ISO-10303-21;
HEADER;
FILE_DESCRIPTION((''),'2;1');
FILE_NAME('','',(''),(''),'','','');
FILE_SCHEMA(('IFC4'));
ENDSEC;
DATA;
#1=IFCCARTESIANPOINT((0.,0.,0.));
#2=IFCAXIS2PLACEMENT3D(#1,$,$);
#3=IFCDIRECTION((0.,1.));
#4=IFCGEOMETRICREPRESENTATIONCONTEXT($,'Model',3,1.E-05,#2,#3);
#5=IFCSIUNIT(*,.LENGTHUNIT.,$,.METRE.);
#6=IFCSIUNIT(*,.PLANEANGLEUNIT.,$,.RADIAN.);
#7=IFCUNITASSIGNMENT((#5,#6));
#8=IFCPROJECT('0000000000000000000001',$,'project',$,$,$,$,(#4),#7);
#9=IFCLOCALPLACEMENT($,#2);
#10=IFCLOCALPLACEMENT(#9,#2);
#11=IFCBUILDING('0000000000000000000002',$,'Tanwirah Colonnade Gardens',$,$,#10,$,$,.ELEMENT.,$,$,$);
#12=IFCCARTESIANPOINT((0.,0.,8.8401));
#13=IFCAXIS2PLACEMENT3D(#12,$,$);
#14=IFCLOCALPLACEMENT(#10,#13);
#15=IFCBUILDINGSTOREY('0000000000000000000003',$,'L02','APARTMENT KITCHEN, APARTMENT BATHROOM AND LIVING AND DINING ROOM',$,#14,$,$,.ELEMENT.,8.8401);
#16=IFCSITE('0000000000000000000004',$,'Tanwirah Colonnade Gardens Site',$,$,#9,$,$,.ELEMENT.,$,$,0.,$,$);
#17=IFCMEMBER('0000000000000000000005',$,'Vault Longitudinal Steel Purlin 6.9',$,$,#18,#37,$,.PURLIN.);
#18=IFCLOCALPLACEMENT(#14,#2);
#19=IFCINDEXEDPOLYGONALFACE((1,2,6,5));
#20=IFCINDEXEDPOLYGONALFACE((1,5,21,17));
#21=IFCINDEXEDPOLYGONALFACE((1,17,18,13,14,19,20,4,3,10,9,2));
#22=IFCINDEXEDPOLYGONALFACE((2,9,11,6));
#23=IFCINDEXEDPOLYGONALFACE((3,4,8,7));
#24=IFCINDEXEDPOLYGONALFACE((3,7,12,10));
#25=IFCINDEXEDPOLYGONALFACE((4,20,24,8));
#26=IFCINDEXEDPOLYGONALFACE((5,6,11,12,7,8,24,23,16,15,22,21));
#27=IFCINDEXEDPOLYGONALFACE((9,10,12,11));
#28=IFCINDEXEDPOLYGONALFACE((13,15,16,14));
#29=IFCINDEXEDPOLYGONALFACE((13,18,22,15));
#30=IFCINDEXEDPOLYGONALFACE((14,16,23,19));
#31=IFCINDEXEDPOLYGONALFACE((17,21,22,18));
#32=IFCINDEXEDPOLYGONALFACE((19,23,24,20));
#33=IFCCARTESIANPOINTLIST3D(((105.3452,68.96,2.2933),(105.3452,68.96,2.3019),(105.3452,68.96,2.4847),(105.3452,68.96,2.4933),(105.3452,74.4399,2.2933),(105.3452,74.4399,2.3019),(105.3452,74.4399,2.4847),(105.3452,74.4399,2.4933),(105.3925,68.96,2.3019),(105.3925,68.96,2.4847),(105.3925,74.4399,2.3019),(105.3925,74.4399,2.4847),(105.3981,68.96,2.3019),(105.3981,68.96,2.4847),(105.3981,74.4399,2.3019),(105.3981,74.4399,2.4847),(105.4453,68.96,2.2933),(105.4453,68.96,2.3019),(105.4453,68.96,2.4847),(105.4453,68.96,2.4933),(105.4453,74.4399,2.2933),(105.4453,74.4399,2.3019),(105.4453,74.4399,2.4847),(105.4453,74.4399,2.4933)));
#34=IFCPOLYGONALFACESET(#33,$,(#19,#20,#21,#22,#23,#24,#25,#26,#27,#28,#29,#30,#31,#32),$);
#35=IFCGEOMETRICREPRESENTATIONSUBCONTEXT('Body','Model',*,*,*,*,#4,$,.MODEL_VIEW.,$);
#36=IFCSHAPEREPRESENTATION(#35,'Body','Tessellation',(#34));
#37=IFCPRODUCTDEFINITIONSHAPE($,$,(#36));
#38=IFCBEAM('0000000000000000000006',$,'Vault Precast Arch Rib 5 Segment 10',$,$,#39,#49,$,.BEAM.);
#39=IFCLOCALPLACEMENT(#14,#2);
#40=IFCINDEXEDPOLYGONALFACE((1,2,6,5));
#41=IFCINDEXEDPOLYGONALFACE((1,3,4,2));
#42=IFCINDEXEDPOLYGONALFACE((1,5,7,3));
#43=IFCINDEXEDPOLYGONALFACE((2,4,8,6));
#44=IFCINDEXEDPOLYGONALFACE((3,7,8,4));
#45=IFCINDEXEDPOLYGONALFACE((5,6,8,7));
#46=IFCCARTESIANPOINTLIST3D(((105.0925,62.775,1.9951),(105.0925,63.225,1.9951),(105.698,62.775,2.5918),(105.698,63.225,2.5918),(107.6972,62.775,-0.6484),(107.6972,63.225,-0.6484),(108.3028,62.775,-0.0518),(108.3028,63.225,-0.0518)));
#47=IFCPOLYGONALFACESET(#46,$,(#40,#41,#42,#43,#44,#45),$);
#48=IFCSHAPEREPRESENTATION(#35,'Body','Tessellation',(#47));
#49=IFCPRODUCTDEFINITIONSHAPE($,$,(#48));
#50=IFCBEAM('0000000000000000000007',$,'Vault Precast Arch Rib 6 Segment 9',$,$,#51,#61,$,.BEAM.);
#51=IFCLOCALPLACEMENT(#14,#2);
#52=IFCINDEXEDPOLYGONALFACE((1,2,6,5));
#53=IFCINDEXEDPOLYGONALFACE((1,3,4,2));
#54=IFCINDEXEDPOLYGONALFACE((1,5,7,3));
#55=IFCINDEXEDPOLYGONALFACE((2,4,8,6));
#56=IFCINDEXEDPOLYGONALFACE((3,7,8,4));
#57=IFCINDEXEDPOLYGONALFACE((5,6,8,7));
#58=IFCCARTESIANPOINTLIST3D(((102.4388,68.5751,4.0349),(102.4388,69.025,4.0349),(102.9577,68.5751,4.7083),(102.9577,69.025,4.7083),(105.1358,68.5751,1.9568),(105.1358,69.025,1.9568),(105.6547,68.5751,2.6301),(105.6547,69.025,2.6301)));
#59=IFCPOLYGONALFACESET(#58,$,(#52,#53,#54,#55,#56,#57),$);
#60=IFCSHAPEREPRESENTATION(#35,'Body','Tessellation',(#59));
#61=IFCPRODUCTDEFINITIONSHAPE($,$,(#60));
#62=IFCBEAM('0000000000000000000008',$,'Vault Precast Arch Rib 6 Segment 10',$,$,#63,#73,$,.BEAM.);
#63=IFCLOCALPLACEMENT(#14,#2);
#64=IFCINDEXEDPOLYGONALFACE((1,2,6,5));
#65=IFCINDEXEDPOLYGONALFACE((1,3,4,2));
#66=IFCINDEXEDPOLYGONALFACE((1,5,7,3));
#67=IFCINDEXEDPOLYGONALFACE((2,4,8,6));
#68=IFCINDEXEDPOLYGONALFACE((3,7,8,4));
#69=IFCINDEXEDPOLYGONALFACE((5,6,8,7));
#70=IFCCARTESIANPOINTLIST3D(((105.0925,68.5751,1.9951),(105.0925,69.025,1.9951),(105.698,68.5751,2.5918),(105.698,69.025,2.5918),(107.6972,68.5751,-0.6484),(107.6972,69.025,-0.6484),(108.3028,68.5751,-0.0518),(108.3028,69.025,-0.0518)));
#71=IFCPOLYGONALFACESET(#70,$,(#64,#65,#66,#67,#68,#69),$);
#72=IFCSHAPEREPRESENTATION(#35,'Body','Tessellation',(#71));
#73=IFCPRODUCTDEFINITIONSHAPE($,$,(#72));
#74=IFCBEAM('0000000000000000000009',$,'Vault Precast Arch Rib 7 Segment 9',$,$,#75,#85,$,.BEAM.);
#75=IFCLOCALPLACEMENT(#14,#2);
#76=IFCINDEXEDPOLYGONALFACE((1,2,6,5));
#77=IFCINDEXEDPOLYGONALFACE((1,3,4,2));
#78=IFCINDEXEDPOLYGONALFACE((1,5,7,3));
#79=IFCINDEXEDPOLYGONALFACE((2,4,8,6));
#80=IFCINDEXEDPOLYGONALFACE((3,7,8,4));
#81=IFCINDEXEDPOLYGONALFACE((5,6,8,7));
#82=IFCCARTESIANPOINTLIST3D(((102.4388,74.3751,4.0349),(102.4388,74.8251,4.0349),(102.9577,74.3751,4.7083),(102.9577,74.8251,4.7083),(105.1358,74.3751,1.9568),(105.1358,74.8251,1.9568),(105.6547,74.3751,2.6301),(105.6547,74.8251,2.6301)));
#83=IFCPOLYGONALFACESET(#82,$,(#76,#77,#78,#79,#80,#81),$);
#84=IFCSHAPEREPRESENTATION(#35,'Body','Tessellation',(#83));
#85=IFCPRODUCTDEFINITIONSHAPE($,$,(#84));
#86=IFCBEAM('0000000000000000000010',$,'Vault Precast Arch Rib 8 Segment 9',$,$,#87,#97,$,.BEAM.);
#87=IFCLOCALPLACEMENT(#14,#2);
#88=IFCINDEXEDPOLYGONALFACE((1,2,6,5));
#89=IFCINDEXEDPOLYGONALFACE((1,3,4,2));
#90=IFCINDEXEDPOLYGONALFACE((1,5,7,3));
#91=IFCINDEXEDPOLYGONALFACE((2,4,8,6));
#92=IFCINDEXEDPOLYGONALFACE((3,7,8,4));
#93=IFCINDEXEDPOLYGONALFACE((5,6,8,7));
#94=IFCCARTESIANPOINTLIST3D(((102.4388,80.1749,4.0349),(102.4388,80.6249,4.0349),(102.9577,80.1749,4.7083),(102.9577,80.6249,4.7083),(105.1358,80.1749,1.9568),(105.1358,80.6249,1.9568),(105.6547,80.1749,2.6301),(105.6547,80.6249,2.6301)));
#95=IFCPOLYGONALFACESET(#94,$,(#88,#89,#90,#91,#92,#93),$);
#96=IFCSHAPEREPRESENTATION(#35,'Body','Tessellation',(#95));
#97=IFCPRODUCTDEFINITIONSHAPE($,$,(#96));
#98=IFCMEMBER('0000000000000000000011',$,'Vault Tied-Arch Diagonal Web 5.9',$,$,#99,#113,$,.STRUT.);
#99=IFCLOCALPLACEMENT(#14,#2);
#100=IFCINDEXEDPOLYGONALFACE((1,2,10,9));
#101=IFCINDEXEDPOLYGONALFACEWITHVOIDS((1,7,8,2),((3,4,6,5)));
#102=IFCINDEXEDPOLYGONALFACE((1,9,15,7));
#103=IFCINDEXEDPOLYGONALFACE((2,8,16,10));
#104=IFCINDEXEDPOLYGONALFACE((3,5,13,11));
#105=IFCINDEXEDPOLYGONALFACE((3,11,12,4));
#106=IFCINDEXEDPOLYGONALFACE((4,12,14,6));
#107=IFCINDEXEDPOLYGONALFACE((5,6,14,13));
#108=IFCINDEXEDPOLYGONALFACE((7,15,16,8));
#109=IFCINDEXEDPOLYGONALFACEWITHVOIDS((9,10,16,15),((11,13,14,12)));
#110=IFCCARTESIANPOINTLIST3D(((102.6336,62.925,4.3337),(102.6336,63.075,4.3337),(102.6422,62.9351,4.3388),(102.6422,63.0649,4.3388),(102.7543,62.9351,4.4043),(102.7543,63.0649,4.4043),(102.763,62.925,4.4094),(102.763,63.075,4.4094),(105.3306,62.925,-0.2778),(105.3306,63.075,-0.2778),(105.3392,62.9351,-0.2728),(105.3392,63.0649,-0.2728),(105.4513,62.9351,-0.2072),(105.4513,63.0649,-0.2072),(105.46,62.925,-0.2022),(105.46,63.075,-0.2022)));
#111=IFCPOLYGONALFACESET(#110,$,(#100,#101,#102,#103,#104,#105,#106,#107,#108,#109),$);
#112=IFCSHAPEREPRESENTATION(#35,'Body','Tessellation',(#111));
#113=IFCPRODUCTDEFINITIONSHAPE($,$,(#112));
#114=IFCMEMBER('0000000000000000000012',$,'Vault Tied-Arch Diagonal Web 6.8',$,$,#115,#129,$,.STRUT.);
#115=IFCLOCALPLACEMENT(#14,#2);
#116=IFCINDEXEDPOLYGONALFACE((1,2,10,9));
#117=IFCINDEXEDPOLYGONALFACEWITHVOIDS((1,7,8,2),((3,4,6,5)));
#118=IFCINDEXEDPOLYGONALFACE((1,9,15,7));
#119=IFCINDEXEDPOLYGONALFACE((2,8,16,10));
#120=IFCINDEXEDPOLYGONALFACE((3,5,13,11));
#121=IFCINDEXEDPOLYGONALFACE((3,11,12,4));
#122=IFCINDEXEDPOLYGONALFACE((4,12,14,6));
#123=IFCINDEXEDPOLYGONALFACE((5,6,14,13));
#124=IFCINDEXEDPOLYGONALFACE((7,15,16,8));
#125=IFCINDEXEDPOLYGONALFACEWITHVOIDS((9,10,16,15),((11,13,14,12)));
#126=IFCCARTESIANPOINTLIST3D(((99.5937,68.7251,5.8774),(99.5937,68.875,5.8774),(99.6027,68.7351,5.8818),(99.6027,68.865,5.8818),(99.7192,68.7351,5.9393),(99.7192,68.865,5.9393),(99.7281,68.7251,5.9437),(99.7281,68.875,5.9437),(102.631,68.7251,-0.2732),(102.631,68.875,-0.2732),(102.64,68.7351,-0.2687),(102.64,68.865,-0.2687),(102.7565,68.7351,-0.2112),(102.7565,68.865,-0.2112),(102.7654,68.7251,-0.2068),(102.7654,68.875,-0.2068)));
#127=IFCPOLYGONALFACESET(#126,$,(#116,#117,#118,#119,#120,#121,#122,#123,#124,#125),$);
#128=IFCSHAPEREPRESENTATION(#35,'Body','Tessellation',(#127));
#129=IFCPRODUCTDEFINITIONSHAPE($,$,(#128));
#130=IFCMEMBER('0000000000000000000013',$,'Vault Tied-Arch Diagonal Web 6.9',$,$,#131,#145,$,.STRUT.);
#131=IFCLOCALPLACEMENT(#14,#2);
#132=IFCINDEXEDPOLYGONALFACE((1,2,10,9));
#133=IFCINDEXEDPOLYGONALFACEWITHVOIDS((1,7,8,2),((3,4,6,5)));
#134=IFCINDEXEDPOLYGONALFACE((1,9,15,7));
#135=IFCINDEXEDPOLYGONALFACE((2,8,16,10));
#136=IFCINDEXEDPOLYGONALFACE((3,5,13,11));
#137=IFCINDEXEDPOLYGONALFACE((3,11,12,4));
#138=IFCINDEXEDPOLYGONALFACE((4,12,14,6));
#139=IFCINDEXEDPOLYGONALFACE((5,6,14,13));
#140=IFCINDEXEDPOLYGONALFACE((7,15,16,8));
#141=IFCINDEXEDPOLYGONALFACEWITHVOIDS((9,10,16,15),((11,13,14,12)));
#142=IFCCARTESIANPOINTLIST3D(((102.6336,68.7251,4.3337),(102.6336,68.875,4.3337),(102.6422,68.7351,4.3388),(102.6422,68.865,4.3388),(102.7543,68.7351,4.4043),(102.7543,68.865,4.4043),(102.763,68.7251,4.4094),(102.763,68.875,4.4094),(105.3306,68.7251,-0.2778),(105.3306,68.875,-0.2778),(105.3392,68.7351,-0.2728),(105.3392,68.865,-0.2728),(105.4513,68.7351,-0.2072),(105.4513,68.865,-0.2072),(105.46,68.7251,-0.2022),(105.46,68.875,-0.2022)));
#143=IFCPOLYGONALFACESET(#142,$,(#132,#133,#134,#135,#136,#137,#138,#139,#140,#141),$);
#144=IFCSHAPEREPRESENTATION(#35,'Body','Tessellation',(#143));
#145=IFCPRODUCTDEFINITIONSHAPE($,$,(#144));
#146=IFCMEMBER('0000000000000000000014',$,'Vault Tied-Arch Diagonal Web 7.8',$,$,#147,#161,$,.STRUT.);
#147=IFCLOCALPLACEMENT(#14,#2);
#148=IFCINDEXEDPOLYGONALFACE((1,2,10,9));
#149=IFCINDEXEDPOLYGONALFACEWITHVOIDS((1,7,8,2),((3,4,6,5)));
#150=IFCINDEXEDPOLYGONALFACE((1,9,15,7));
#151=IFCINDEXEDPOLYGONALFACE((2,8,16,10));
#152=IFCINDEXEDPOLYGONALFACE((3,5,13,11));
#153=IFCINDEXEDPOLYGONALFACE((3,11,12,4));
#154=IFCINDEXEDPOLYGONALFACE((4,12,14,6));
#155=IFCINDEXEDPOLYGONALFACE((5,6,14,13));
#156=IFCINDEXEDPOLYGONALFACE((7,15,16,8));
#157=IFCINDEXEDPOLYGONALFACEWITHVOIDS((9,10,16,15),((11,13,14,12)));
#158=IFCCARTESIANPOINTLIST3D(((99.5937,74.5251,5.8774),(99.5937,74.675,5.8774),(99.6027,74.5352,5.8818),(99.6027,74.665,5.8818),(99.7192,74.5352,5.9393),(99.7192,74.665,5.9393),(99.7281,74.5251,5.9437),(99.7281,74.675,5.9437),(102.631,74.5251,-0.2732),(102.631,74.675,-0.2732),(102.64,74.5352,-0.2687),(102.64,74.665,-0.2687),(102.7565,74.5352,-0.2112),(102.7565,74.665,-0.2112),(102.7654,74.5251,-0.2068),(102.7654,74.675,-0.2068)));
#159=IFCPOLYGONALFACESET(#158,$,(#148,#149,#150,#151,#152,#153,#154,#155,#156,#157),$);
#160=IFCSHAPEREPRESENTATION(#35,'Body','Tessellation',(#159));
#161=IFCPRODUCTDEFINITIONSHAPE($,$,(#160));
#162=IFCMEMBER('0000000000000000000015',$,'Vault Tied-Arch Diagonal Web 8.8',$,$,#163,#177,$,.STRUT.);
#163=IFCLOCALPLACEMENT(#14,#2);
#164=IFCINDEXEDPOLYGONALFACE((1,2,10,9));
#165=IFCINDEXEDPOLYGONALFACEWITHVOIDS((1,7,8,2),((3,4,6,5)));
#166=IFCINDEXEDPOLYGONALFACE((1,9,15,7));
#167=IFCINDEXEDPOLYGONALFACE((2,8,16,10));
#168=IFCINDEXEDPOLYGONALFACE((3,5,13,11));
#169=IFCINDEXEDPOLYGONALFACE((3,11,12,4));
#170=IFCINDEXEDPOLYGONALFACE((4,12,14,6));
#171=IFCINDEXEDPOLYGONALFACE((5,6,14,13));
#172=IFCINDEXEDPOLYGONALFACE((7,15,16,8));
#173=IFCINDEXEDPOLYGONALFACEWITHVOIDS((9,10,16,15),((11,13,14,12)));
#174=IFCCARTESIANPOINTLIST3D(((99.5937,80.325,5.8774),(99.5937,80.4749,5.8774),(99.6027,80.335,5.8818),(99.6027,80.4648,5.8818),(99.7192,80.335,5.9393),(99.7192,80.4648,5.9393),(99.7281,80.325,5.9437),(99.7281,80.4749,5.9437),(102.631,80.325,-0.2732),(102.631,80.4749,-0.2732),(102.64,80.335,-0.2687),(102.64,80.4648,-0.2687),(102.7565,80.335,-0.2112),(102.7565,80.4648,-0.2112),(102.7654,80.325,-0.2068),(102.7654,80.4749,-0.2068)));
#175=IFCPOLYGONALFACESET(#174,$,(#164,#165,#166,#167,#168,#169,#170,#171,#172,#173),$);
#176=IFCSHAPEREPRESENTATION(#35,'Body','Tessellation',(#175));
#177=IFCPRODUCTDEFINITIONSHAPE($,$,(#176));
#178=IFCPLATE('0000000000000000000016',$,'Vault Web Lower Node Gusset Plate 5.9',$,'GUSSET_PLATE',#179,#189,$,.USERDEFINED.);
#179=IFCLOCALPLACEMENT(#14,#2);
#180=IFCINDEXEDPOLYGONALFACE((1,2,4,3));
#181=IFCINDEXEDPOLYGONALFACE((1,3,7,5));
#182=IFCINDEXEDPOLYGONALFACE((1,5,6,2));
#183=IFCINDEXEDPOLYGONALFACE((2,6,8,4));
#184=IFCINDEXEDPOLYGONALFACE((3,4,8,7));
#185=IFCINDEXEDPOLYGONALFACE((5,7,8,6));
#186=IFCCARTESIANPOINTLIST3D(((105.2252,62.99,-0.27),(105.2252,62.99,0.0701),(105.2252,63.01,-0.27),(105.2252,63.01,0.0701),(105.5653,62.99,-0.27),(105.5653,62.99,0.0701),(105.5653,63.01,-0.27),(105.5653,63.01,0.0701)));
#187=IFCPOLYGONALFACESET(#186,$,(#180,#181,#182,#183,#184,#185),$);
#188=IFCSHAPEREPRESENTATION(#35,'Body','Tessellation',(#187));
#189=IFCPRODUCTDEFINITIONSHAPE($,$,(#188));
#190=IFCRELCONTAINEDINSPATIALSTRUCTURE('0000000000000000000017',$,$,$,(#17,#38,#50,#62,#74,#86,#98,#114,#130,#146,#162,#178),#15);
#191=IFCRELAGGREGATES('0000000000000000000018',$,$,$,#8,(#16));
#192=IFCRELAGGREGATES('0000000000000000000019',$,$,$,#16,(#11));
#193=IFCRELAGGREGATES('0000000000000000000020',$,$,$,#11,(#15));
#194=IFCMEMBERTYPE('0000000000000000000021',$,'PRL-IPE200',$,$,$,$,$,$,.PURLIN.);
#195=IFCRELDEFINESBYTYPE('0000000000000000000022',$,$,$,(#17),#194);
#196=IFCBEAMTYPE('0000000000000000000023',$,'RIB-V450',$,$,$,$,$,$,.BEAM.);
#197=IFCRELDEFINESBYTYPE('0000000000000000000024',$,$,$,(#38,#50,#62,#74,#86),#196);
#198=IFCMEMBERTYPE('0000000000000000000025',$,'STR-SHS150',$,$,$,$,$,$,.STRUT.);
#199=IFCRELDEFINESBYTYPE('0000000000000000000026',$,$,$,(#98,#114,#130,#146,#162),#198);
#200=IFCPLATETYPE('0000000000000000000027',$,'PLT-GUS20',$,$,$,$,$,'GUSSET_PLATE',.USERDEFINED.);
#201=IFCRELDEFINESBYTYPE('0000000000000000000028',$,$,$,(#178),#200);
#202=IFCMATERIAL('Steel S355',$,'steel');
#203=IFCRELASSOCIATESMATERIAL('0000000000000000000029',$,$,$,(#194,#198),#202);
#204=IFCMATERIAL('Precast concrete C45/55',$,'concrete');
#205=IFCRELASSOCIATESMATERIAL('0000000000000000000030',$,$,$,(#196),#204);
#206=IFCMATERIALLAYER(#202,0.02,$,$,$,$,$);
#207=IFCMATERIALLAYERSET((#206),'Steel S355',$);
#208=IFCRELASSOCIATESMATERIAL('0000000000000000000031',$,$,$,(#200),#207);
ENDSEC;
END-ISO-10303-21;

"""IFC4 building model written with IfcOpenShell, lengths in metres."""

from ifc_helpers import new_model, si_unit, direction, frame, origin, origin_2d, place, context, subcontext, project, spatial, rectangle, hollow_rectangle, i_section, extrude, material, layer, layer_set, material_profile, profile_set, type_object, element, save


model = new_model("IFC4")

# Units and contexts
model_context = context("Model", 3, precision=1e-05, world=origin(), true_north=direction((0.0, 1.0)))
body_context = subcontext(model_context, "Body", "Model", "MODEL_VIEW")
ifc_project = project(units=[si_unit("LENGTHUNIT", "METRE"), si_unit("PLANEANGLEUNIT", "RADIAN")], contexts=[model_context])

# Site, building, storey
site_placement = place(None, origin())
site = spatial("IfcSite", under=ifc_project, at=site_placement, Name="Tanwirah Colonnade Gardens Site", CompositionType="ELEMENT", RefElevation=0.0)
building_placement = place(site_placement, origin())
building = spatial("IfcBuilding", under=site, at=building_placement, Name="Tanwirah Colonnade Gardens", CompositionType="ELEMENT")
storey_placement = place(building_placement, frame((0.0, 0.0, 8.8401)))
storey = spatial("IfcBuildingStorey", under=building, at=storey_placement, Name="L02", Description="APARTMENT KITCHEN, APARTMENT BATHROOM AND LIVING AND DINING ROOM", CompositionType="ELEMENT", Elevation=8.8401)

# Member
ifc_material_1 = material(Name="Steel S355", Category="steel")
ifc_material_profile_1 = material_profile(ifc_material_1, i_section(OverallWidth=0.1001, OverallDepth=0.2, WebThickness=0.0056, FlangeThickness=0.0085, at=origin_2d()), Name="IPE 200")
ifc_profile_set_1 = profile_set([ifc_material_profile_1], Name="Steel S355")
member_type_1 = type_object("IfcMemberType", Name="PRL-IPE200", PredefinedType="PURLIN", material=ifc_profile_set_1)
for number, where, z_axis, x_axis, name in (
    (1, (105.3953, 68.96, 2.3933), (0.0, 1.0, 0.0), (-1.0, 0.0, 0.0), "Vault Longitudinal Steel Purlin 6.9"),
):
    element("IfcMember", number, at=place(storey_placement, frame(where, z_axis=z_axis, x_axis=x_axis)), inside=storey, type_object=member_type_1, Name=name, PredefinedType="PURLIN", context=body_context, shape_type="SweptSolid", body=[
        extrude(i_section(OverallWidth=0.1001, OverallDepth=0.2, WebThickness=0.0056, FlangeThickness=0.0085, at=origin_2d()), origin(), (0.0, 0.0, 1.0), 5.48),
    ])

# Beams
ifc_material_2 = material(Name="Precast concrete C45/55", Category="concrete")
ifc_material_profile_2 = material_profile(ifc_material_2, rectangle(XDim=0.45, YDim=0.8501, at=origin_2d()), Name="PC-RIB 450x850")
ifc_profile_set_2 = profile_set([ifc_material_profile_2], Name="Precast concrete C45/55")
beam_type = type_object("IfcBeamType", Name="RIB-V450", PredefinedType="BEAM", material=ifc_profile_set_2)
beam_1_placement = place(storey_placement, frame((105.3953, 63.0, 2.2935), z_axis=(0.701858, 0.0, -0.712317), x_axis=(0.0, 1.0, 0.0)))
element("IfcBeam", 2, at=beam_1_placement, inside=storey, type_object=beam_type, Name="Vault Precast Arch Rib 5 Segment 10", PredefinedType="BEAM", context=body_context, shape_type="SweptSolid", body=[
    extrude(rectangle(XDim=0.45, YDim=0.8501, at=origin_2d()), origin(), (0.0, 0.0, 1.0), 3.7112),
])
beam_2_placement = place(storey_placement, frame((102.6982, 68.8, 4.3716), z_axis=(0.792128, 0.0, -0.610355), x_axis=(0.0, 1.0, 0.0)))
element("IfcBeam", 3, at=beam_2_placement, inside=storey, type_object=beam_type, Name="Vault Precast Arch Rib 6 Segment 9", PredefinedType="BEAM", context=body_context, shape_type="SweptSolid", body=[
    extrude(rectangle(XDim=0.45, YDim=0.8501, at=origin_2d()), origin(), (0.0, 0.0, 1.0), 3.4048),
])
beam_3_placement = place(storey_placement, frame((105.3953, 68.8, 2.2935), z_axis=(0.701858, 0.0, -0.712317), x_axis=(0.0, 1.0, 0.0)))
element("IfcBeam", 4, at=beam_3_placement, inside=storey, type_object=beam_type, Name="Vault Precast Arch Rib 6 Segment 10", PredefinedType="BEAM", context=body_context, shape_type="SweptSolid", body=[
    extrude(rectangle(XDim=0.45, YDim=0.8501, at=origin_2d()), origin(), (0.0, 0.0, 1.0), 3.7112),
])
for number, where, z_axis, x_axis, name in (
    (5, (102.6982, 74.6001, 4.3716), (0.792128, 0.0, -0.610355), (0.0, 1.0, 0.0), "Vault Precast Arch Rib 7 Segment 9"),
    (6, (102.6982, 80.3999, 4.3716), (0.792128, 0.0, -0.610355), (0.0, 1.0, 0.0), "Vault Precast Arch Rib 8 Segment 9"),
):
    element("IfcBeam", number, at=place(storey_placement, frame(where, z_axis=z_axis, x_axis=x_axis)), inside=storey, type_object=beam_type, Name=name, PredefinedType="BEAM", context=body_context, shape_type="SweptSolid", body=[
        extrude(rectangle(XDim=0.45, YDim=0.8501, at=origin_2d()), origin(), (0.0, 0.0, 1.0), 3.4048),
    ])

# Members
ifc_material_profile_3 = material_profile(ifc_material_1, hollow_rectangle(XDim=0.1499, YDim=0.1499, WallThickness=0.01, at=origin_2d()), Name="SHS 150x150x10")
ifc_profile_set_3 = profile_set([ifc_material_profile_3], Name="Steel S355")
member_type_2 = type_object("IfcMemberType", Name="STR-SHS150", PredefinedType="STRUT", material=ifc_profile_set_3)
member_1_placement = place(storey_placement, frame((105.3953, 63.0, -0.24), z_axis=(-0.50484, 0.0, 0.863213), x_axis=(0.0, -1.0, 0.0)))
element("IfcMember", 7, at=member_1_placement, inside=storey, type_object=member_type_2, Name="Vault Tied-Arch Diagonal Web 5.9", PredefinedType="STRUT", context=body_context, shape_type="SweptSolid", body=[
    extrude(hollow_rectangle(XDim=0.1499, YDim=0.1499, WallThickness=0.01, at=origin_2d()), origin(), (0.0, 0.0, 1.0), 5.3423),
])
member_2_placement = place(storey_placement, frame((102.6982, 68.8, -0.24), z_axis=(-0.442781, 0.0, 0.89663), x_axis=(0.0, -1.0, 0.0)))
element("IfcMember", 8, at=member_2_placement, inside=storey, type_object=member_type_2, Name="Vault Tied-Arch Diagonal Web 6.8", PredefinedType="STRUT", context=body_context, shape_type="SweptSolid", body=[
    extrude(hollow_rectangle(XDim=0.1499, YDim=0.1499, WallThickness=0.01, at=origin_2d()), origin(), (0.0, 0.0, 1.0), 6.8596),
])
member_3_placement = place(storey_placement, frame((105.3953, 68.8, -0.24), z_axis=(-0.50484, 0.0, 0.863213), x_axis=(0.0, -1.0, 0.0)))
element("IfcMember", 9, at=member_3_placement, inside=storey, type_object=member_type_2, Name="Vault Tied-Arch Diagonal Web 6.9", PredefinedType="STRUT", context=body_context, shape_type="SweptSolid", body=[
    extrude(hollow_rectangle(XDim=0.1499, YDim=0.1499, WallThickness=0.01, at=origin_2d()), origin(), (0.0, 0.0, 1.0), 5.3423),
])
for number, where, z_axis, x_axis, name in (
    (10, (102.6982, 74.6001, -0.24), (-0.442781, 0.0, 0.89663), (0.0, -1.0, 0.0), "Vault Tied-Arch Diagonal Web 7.8"),
    (11, (102.6982, 80.3999, -0.24), (-0.442781, 0.0, 0.89663), (0.0, -1.0, 0.0), "Vault Tied-Arch Diagonal Web 8.8"),
):
    element("IfcMember", number, at=place(storey_placement, frame(where, z_axis=z_axis, x_axis=x_axis)), inside=storey, type_object=member_type_2, Name=name, PredefinedType="STRUT", context=body_context, shape_type="SweptSolid", body=[
        extrude(hollow_rectangle(XDim=0.1499, YDim=0.1499, WallThickness=0.01, at=origin_2d()), origin(), (0.0, 0.0, 1.0), 6.8596),
    ])

# Plate
ifc_layer_1 = layer(ifc_material_1, 0.02)
ifc_layer_set_1 = layer_set([ifc_layer_1], Name="Steel S355")
plate_type = type_object("IfcPlateType", Name="PLT-GUS20", ElementType="GUSSET_PLATE", PredefinedType="USERDEFINED", material=ifc_layer_set_1)
for number, where, z_axis, x_axis, name in (
    (12, (105.3953, 63.0, -0.27), (0.0, 0.0, 1.0), (1.0, 0.0, 0.0), "Vault Web Lower Node Gusset Plate 5.9"),
):
    element("IfcPlate", number, at=place(storey_placement, frame(where, z_axis=z_axis, x_axis=x_axis)), inside=storey, type_object=plate_type, Name=name, ObjectType="GUSSET_PLATE", PredefinedType="USERDEFINED", context=body_context, shape_type="SweptSolid", body=[
        extrude(rectangle(XDim=0.3401, YDim=0.02, at=origin_2d()), origin(), (0.0, 0.0, 1.0), 0.3401),
    ])

save(model, "model.ifc")
